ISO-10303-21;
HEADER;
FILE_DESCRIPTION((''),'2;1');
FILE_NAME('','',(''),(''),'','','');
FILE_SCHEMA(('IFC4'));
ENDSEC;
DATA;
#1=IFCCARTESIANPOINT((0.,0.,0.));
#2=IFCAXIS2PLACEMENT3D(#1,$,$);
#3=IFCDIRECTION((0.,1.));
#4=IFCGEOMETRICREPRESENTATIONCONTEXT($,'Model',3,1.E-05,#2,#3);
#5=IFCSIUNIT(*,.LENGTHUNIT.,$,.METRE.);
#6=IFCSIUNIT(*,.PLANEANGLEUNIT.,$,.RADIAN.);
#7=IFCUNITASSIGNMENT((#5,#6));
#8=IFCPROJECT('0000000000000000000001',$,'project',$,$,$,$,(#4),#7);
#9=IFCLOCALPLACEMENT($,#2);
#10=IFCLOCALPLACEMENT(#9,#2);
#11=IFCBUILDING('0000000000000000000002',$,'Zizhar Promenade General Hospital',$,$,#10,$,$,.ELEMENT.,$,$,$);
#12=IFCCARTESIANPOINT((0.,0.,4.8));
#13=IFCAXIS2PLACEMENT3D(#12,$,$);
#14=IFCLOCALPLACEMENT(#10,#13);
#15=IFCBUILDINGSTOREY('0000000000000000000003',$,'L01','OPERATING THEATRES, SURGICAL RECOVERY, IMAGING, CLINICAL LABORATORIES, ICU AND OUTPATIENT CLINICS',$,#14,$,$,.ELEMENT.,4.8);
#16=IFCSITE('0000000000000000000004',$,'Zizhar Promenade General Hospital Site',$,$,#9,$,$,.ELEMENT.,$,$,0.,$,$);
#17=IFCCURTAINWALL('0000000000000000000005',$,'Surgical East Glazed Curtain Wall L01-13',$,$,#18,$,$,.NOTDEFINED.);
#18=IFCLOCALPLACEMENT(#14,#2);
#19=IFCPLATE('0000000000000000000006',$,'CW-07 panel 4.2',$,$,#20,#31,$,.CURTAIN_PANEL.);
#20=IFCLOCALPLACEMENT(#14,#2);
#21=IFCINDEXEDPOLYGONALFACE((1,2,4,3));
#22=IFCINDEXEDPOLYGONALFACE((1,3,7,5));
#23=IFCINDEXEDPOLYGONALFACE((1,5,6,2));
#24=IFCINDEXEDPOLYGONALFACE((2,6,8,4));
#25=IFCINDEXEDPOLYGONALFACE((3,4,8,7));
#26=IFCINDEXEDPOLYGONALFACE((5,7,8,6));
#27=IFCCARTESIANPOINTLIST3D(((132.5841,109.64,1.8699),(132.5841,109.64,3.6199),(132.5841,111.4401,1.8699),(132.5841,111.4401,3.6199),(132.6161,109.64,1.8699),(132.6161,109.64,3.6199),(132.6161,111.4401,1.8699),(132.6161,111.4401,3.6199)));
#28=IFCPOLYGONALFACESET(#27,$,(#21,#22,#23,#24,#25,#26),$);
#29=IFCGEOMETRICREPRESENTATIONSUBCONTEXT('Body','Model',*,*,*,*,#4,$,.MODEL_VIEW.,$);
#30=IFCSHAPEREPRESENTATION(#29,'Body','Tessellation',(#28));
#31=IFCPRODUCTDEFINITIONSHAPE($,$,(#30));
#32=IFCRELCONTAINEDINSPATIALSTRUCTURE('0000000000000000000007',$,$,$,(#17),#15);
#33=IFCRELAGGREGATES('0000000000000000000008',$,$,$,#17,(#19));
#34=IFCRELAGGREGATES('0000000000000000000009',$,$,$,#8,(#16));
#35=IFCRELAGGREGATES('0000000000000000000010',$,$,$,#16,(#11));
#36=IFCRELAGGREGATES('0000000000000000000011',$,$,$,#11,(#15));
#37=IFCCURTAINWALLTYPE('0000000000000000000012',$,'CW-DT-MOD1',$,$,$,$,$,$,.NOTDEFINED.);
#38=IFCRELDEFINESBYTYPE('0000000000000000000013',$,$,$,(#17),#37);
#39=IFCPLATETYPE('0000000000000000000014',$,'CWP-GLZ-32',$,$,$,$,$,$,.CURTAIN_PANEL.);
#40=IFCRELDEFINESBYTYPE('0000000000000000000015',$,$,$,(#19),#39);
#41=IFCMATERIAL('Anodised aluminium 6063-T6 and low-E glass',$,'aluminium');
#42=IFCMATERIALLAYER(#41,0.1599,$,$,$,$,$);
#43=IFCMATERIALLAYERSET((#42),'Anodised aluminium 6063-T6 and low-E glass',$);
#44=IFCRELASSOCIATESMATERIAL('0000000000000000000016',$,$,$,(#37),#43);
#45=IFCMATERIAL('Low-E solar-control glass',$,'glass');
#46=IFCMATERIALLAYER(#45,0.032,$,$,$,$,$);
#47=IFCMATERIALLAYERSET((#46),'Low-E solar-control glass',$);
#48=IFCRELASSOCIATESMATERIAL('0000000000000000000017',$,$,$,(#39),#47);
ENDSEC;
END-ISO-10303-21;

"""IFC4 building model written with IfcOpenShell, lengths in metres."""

from ifc_helpers import new_model, si_unit, direction, frame, origin, origin_2d, place, context, subcontext, project, spatial, rectangle, extrude, material, layer, layer_set, type_object, element, aggregate, save


model = new_model("IFC4")

# Units and contexts
model_context = context("Model", 3, precision=1e-05, world=origin(), true_north=direction((0.0, 1.0)))
body_context = subcontext(model_context, "Body", "Model", "MODEL_VIEW")
ifc_project = project(units=[si_unit("LENGTHUNIT", "METRE"), si_unit("PLANEANGLEUNIT", "RADIAN")], contexts=[model_context])

# Site, building, storey
site_placement = place(None, origin())
site = spatial("IfcSite", under=ifc_project, at=site_placement, Name="Zizhar Promenade General Hospital Site", CompositionType="ELEMENT", RefElevation=0.0)
building_placement = place(site_placement, origin())
building = spatial("IfcBuilding", under=site, at=building_placement, Name="Zizhar Promenade General Hospital", CompositionType="ELEMENT")
storey_placement = place(building_placement, frame((0.0, 0.0, 4.8)))
storey = spatial("IfcBuildingStorey", under=building, at=storey_placement, Name="L01", Description="OPERATING THEATRES, SURGICAL RECOVERY, IMAGING, CLINICAL LABORATORIES, ICU AND OUTPATIENT CLINICS", CompositionType="ELEMENT", Elevation=4.8)

# Curtain wall, plate
ifc_material_1 = material(Name="Anodised aluminium 6063-T6 and low-E glass", Category="aluminium")
ifc_layer_1 = layer(ifc_material_1, 0.1599)
ifc_layer_set_1 = layer_set([ifc_layer_1], Name="Anodised aluminium 6063-T6 and low-E glass")
curtain_wall_type = type_object("IfcCurtainWallType", Name="CW-DT-MOD1", PredefinedType="NOTDEFINED", material=ifc_layer_set_1)
curtain_wall_placement = place(storey_placement, origin())
curtain_wall = element("IfcCurtainWall", 1, at=curtain_wall_placement, inside=storey, type_object=curtain_wall_type, Name="Surgical East Glazed Curtain Wall L01-13", PredefinedType="NOTDEFINED")
ifc_material_2 = material(Name="Low-E solar-control glass", Category="glass")
ifc_layer_2 = layer(ifc_material_2, 0.032)
ifc_layer_set_2 = layer_set([ifc_layer_2], Name="Low-E solar-control glass")
plate_type = type_object("IfcPlateType", Name="CWP-GLZ-32", PredefinedType="CURTAIN_PANEL", material=ifc_layer_set_2)
plate_1_placement = place(storey_placement, frame((132.6001, 110.54, 1.8699), z_axis=(0.0, 0.0, 1.0), x_axis=(0.0, -1.0, 0.0)))
plate_1 = element("IfcPlate", 2, at=plate_1_placement, type_object=plate_type, Name="CW-07 panel 4.2", PredefinedType="CURTAIN_PANEL", context=body_context, shape_type="SweptSolid", body=[
    extrude(rectangle(XDim=1.8, YDim=0.032, at=origin_2d()), origin(), (0.0, 0.0, 1.0), 1.75),
])
aggregate(curtain_wall, [plate_1])

save(model, "model.ifc")
